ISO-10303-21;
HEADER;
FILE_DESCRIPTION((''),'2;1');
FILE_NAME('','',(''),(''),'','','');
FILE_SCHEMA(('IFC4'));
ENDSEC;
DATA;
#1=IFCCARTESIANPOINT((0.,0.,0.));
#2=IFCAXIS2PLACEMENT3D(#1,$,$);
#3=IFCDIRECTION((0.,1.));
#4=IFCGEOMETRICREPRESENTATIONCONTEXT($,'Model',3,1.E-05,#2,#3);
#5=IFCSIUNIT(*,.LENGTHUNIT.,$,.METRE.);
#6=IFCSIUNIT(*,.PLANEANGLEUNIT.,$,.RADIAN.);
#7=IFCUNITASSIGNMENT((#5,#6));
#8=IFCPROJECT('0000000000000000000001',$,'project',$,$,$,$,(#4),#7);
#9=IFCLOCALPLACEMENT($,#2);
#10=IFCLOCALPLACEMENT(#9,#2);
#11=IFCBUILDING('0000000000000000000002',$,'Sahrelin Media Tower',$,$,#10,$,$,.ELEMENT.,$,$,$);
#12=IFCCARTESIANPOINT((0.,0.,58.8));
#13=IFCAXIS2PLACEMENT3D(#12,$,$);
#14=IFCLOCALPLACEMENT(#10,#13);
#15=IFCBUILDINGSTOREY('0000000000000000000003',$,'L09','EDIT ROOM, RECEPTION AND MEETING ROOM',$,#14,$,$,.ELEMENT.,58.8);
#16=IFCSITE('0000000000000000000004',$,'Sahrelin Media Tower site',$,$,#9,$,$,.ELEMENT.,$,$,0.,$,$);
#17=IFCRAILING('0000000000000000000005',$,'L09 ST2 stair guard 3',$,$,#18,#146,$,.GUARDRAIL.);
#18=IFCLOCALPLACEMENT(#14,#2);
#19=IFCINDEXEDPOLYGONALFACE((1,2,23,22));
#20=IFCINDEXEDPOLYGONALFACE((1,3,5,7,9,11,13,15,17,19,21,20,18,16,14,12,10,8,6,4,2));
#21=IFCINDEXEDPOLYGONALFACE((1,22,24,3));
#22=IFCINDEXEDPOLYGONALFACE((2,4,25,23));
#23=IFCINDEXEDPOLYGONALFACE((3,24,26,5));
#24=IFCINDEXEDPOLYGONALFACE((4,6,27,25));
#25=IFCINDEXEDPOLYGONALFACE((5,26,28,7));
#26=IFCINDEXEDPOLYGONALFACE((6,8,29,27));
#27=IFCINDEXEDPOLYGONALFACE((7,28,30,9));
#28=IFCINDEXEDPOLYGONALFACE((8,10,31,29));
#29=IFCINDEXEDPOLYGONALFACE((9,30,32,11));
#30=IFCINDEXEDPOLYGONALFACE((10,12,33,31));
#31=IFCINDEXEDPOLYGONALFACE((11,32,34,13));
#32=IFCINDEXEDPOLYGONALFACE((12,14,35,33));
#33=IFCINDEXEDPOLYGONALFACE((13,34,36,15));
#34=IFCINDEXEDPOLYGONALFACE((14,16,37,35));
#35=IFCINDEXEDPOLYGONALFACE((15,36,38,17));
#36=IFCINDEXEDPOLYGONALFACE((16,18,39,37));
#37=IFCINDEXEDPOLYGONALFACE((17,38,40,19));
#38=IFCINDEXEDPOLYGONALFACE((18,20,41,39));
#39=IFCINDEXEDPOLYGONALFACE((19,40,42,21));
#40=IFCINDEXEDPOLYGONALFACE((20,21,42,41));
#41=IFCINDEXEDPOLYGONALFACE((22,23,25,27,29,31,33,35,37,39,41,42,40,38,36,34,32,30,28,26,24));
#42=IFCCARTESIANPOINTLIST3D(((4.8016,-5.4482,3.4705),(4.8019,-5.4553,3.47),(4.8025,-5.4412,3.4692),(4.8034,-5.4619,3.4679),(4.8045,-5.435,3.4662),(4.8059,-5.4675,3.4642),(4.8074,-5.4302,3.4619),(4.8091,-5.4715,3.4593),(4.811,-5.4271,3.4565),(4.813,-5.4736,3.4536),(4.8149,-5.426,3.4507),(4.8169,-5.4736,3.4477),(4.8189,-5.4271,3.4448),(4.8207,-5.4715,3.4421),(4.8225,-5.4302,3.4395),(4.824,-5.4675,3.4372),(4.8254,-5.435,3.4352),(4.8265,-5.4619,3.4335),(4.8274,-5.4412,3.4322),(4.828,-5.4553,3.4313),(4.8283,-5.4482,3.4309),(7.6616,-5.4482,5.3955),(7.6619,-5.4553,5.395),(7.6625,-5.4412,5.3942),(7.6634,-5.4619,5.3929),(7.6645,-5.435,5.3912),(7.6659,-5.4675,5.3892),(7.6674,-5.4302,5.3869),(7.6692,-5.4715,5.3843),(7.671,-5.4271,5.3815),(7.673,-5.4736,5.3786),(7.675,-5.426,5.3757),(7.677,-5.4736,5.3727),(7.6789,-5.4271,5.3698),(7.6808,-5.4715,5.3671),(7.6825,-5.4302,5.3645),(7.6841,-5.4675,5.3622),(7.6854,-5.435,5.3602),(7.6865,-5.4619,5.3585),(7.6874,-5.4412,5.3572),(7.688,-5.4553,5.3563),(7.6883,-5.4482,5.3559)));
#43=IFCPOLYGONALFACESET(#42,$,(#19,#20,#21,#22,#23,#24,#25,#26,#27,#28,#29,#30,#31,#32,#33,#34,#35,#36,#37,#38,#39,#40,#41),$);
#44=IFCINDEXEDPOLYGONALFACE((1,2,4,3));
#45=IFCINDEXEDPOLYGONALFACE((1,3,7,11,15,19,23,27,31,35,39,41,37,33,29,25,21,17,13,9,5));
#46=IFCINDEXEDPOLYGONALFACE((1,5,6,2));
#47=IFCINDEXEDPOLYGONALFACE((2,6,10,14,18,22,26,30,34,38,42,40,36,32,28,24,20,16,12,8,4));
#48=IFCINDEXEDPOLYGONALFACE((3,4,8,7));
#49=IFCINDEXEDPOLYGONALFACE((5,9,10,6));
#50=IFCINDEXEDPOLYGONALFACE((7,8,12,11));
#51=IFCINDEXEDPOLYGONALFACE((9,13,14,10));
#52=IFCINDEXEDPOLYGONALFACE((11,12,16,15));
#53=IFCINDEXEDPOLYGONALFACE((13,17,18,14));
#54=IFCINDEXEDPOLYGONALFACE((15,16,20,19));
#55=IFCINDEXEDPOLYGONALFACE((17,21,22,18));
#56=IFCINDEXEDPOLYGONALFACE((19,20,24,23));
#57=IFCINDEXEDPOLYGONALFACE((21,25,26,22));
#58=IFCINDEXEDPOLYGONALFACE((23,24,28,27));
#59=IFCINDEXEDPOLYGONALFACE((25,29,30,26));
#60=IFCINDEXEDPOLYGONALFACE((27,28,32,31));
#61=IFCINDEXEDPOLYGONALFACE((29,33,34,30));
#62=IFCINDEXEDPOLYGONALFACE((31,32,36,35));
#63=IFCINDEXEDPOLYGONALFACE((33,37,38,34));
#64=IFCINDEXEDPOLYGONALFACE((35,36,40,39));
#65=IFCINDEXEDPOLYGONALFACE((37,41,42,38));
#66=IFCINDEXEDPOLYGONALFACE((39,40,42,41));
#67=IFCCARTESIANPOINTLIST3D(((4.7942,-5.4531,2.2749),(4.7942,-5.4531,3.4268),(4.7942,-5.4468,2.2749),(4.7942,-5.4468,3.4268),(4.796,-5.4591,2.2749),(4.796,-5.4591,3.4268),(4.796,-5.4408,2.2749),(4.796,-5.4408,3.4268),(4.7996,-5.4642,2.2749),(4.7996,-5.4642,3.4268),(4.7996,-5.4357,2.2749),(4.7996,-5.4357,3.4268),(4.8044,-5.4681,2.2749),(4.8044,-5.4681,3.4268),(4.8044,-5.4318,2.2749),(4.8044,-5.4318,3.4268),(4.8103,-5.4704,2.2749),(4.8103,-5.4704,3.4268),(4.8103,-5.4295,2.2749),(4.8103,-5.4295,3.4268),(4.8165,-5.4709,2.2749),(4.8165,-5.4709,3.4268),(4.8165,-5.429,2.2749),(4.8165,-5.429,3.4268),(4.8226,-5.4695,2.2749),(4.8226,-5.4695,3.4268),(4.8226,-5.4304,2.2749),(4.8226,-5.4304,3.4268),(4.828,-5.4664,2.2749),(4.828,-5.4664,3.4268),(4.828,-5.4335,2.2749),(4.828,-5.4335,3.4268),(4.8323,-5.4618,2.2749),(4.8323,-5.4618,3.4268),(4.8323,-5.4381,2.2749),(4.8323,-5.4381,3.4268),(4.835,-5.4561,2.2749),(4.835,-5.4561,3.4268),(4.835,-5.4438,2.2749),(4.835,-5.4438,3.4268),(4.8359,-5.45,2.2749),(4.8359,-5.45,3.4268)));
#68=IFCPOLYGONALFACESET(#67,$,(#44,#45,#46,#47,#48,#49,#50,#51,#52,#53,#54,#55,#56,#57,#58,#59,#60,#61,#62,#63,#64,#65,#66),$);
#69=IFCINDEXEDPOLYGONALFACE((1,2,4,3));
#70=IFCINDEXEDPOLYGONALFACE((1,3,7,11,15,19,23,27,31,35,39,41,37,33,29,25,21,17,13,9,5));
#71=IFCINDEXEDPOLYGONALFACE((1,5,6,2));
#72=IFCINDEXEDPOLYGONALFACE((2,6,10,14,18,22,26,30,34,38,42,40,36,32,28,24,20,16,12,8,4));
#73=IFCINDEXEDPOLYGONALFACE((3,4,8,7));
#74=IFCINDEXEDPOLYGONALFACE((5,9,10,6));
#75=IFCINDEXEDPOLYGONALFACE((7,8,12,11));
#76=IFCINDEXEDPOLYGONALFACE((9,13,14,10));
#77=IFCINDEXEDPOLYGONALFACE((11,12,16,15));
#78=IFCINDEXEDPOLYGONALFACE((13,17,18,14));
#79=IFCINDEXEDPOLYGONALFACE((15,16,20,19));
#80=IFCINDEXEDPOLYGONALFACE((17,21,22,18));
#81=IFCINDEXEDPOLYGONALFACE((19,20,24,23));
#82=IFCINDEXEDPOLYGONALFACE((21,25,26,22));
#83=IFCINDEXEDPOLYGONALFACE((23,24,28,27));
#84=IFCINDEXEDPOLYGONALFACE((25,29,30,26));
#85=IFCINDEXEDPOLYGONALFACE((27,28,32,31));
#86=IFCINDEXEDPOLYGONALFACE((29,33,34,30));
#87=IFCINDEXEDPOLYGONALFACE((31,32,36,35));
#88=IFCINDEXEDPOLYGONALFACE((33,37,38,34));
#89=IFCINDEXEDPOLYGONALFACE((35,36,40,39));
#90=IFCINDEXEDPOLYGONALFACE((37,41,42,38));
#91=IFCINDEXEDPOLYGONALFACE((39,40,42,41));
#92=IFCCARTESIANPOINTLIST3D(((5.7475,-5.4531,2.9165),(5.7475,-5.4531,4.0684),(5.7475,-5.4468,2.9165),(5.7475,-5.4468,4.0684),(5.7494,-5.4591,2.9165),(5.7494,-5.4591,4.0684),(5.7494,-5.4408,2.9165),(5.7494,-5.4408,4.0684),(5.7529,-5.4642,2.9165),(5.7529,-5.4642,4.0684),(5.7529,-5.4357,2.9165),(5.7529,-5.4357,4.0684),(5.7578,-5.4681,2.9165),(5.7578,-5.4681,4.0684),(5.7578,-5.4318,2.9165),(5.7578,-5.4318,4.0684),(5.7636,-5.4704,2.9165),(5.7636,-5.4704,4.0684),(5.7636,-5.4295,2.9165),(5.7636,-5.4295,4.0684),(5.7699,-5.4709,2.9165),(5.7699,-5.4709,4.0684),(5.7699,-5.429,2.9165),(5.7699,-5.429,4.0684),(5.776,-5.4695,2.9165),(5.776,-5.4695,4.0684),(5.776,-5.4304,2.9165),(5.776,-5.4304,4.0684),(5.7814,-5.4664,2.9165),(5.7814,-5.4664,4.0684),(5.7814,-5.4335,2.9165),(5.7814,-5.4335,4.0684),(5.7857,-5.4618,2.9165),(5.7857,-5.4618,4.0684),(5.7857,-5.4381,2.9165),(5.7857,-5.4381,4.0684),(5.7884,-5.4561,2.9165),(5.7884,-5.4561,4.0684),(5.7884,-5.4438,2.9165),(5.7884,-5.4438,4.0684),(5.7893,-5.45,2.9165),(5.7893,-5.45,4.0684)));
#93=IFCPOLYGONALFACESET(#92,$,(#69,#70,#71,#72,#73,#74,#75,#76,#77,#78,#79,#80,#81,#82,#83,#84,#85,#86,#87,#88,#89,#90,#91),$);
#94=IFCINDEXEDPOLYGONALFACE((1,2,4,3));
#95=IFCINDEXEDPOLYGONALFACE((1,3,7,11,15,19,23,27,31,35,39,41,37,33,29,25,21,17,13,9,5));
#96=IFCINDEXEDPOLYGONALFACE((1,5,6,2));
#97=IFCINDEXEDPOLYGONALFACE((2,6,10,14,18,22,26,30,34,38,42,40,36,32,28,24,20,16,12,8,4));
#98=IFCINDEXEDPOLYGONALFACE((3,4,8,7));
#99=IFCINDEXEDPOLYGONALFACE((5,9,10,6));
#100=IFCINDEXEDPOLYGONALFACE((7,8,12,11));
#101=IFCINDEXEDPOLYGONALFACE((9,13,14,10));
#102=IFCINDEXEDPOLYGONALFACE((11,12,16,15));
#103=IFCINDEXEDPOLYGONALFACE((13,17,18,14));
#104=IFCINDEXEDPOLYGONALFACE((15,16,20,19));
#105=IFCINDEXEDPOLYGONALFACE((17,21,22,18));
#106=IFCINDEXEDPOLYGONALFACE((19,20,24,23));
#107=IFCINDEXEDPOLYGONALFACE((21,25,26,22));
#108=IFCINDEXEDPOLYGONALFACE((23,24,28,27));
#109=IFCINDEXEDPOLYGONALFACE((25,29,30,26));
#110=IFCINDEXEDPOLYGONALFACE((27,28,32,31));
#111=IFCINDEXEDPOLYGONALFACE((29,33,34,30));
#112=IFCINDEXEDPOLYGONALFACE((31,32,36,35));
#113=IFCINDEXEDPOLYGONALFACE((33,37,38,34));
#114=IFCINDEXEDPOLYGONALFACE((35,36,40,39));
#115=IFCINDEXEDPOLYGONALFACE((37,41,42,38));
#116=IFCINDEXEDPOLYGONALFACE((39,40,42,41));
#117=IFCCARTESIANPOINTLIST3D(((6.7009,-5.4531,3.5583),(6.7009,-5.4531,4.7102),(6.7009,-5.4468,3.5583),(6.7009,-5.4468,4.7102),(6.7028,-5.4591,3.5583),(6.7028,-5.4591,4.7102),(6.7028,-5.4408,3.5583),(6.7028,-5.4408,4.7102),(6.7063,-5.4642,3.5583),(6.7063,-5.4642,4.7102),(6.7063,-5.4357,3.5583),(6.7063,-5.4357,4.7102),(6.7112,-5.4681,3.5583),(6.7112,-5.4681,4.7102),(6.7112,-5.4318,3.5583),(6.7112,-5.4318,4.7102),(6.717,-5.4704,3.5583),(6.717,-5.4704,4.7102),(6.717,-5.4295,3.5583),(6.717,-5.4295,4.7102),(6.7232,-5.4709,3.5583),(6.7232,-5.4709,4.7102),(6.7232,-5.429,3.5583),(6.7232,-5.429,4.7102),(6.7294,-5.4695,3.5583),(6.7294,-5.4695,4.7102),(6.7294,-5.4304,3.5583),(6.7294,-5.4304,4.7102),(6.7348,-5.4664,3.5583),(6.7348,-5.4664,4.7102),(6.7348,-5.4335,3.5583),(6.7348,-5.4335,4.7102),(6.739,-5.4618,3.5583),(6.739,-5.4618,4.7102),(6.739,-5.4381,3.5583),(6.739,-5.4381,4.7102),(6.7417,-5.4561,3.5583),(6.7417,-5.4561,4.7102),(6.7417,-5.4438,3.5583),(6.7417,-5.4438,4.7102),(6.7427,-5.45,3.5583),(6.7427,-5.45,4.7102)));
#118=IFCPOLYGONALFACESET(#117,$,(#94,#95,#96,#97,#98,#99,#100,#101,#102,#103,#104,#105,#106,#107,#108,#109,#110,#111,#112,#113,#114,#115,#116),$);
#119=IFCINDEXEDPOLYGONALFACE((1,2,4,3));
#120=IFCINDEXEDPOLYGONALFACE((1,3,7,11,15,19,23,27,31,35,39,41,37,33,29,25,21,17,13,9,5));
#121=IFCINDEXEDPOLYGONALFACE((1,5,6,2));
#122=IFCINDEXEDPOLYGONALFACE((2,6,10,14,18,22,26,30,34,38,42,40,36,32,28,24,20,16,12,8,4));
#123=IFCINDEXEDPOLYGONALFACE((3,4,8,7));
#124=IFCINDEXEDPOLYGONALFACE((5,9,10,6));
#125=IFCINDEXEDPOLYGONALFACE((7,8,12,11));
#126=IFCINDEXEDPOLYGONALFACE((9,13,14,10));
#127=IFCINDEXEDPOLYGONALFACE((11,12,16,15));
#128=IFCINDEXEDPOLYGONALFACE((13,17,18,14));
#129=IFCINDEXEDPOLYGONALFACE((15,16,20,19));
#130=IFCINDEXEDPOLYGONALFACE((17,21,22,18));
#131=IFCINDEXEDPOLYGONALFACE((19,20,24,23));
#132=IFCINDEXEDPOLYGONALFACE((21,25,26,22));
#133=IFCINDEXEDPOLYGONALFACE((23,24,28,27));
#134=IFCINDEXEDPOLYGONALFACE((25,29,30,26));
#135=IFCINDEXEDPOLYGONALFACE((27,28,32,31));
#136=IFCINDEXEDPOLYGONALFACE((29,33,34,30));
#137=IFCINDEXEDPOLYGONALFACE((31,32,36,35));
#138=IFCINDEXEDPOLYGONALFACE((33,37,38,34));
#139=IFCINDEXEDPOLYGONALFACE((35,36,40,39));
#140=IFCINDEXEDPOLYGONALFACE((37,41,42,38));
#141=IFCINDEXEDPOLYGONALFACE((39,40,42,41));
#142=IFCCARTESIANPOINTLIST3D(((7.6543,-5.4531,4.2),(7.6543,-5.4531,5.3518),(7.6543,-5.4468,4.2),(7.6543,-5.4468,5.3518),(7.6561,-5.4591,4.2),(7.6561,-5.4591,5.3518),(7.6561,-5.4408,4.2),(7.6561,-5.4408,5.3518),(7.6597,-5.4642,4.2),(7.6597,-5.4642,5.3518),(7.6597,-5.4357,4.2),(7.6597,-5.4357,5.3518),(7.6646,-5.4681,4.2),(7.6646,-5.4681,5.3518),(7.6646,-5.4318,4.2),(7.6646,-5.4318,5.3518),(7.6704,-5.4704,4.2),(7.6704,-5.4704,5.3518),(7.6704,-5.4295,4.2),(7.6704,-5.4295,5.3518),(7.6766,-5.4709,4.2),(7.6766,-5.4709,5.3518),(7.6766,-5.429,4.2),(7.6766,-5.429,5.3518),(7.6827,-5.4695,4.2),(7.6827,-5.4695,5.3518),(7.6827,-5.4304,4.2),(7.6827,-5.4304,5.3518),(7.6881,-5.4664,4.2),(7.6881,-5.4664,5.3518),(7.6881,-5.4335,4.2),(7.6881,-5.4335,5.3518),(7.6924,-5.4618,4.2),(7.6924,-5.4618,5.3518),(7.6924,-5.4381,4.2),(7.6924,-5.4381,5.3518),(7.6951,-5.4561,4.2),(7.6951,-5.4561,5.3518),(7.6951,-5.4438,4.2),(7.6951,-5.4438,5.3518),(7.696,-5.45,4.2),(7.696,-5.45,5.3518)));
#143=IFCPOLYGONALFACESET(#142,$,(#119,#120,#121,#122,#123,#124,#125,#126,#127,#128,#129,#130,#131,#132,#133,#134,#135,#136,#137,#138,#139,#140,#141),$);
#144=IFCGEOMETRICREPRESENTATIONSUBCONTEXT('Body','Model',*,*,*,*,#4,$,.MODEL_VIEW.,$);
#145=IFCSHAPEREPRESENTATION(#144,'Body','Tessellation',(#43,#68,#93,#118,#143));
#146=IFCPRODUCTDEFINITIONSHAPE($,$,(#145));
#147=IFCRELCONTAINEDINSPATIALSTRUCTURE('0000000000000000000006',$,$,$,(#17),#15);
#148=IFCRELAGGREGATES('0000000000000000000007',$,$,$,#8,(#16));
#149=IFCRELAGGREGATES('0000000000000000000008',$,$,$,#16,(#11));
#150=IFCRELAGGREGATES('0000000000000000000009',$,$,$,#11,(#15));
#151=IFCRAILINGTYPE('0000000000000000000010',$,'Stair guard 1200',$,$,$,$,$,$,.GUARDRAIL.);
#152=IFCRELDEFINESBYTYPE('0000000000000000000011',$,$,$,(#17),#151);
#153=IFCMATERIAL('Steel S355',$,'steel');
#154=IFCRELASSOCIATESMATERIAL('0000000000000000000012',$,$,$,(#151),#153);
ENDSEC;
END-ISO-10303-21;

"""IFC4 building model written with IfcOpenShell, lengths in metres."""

from ifc_helpers import new_model, si_unit, direction, frame, origin, origin_2d, place, context, subcontext, project, spatial, circle, extrude, material, type_object, element, save


model = new_model("IFC4")

# Units and contexts
model_context = context("Model", 3, precision=1e-05, world=origin(), true_north=direction((0.0, 1.0)))
body_context = subcontext(model_context, "Body", "Model", "MODEL_VIEW")
ifc_project = project(units=[si_unit("LENGTHUNIT", "METRE"), si_unit("PLANEANGLEUNIT", "RADIAN")], contexts=[model_context])

# Site, building, storey
site_placement = place(None, origin())
site = spatial("IfcSite", under=ifc_project, at=site_placement, Name="Sahrelin Media Tower site", CompositionType="ELEMENT", RefElevation=0.0)
building_placement = place(site_placement, origin())
building = spatial("IfcBuilding", under=site, at=building_placement, Name="Sahrelin Media Tower", CompositionType="ELEMENT")
storey_placement = place(building_placement, frame((0.0, 0.0, 58.8)))
storey = spatial("IfcBuildingStorey", under=building, at=storey_placement, Name="L09", Description="EDIT ROOM, RECEPTION AND MEETING ROOM", CompositionType="ELEMENT", Elevation=58.8)

# Railing
ifc_material_1 = material(Name="Steel S355", Category="steel")
railing_type_1 = type_object("IfcRailingType", Name="Stair guard 1200", PredefinedType="GUARDRAIL", material=ifc_material_1)
railing_1_placement = place(storey_placement, frame((4.8149, -5.45, 2.2749)))
element("IfcRailing", 1, at=railing_1_placement, inside=storey, type_object=railing_type_1, Name="L09 ST2 stair guard 3", PredefinedType="GUARDRAIL", context=body_context, shape_type="SweptSolid", body=[
    extrude(circle(Radius=0.0239, at=origin_2d()), frame((0.0, 0.0, 1.1758), z_axis=(0.829591, 0.0, 0.558372), x_axis=(0.0, 1.0, 0.0)), (0.0, 0.0, 1.0), 3.4475),
    extrude(circle(Radius=0.021, at=origin_2d()), origin(), (0.0, 0.0, 1.0), 1.1519),
    extrude(circle(Radius=0.021, at=origin_2d()), frame((0.9534, 0.0, 0.6416)), (0.0, 0.0, 1.0), 1.1519),
    extrude(circle(Radius=0.021, at=origin_2d()), frame((1.9067, 0.0, 1.2834)), (0.0, 0.0, 1.0), 1.1519),
    extrude(circle(Radius=0.021, at=origin_2d()), frame((2.8601, 0.0, 1.925)), (0.0, 0.0, 1.0), 1.1519),
])

save(model, "model.ifc")
